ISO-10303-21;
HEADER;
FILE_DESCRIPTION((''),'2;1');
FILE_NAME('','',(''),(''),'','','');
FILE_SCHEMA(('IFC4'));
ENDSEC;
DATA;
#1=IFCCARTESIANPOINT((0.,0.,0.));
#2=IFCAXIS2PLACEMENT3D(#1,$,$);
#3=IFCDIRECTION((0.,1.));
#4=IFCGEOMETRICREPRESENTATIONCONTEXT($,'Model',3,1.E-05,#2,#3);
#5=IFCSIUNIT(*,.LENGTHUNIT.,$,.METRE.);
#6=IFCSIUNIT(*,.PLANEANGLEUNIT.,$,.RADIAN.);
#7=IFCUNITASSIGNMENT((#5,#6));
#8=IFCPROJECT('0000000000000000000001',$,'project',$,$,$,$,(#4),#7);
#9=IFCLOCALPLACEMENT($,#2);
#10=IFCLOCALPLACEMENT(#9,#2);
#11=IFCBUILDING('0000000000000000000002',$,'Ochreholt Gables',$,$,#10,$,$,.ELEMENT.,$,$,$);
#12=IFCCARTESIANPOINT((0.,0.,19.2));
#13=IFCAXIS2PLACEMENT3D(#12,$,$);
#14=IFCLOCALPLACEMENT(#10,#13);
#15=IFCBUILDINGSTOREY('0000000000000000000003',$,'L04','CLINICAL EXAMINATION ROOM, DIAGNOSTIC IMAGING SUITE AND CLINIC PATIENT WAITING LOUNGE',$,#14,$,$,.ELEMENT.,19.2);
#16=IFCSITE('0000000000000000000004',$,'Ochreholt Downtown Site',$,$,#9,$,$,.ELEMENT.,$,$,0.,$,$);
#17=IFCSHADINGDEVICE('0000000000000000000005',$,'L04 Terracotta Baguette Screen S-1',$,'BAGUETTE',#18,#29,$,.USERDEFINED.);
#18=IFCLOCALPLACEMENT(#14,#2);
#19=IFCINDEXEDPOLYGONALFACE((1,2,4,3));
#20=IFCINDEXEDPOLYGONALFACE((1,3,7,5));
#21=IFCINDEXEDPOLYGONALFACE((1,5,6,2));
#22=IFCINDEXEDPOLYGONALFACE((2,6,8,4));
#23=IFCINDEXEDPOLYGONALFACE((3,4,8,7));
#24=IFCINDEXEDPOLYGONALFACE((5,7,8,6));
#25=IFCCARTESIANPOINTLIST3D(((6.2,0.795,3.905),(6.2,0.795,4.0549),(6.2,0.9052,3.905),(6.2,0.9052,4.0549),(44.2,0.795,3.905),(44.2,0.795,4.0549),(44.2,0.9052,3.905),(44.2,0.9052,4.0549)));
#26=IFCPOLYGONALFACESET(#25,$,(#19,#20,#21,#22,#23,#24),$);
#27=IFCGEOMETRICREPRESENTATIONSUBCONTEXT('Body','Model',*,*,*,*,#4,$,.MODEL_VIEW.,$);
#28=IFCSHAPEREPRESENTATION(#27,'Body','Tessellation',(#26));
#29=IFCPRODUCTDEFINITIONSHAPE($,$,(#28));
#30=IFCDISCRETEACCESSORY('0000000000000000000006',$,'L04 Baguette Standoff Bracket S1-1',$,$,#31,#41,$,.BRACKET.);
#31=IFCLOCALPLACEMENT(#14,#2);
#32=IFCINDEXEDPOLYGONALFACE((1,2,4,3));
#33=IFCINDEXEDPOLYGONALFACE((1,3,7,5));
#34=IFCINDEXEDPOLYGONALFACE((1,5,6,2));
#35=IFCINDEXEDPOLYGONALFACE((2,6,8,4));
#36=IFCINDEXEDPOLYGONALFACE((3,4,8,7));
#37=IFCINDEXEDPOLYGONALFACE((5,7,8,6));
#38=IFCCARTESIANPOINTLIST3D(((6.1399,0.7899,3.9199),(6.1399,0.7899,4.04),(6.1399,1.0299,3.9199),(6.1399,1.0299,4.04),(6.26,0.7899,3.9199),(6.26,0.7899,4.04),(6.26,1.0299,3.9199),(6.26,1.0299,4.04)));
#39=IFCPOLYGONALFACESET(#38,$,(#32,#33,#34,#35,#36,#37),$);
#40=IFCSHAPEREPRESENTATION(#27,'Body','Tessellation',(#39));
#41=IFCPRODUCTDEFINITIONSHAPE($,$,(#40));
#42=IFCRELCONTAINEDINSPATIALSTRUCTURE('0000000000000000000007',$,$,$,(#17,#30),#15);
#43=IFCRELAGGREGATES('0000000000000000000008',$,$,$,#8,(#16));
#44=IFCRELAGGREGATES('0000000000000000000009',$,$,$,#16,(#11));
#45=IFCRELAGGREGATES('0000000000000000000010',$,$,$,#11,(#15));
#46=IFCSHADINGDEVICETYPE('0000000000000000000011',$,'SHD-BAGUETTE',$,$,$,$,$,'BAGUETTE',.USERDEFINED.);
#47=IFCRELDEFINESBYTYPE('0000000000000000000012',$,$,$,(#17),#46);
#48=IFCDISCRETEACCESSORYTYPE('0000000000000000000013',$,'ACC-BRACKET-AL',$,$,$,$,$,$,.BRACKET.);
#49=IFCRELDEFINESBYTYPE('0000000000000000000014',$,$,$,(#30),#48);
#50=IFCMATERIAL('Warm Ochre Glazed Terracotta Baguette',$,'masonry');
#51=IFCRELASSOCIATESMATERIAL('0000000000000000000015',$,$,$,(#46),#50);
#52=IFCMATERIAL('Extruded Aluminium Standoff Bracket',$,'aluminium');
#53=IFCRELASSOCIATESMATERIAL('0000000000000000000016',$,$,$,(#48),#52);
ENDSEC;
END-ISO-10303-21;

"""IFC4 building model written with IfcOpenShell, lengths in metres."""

from ifc_helpers import new_model, si_unit, direction, frame, origin, origin_2d, place, context, subcontext, project, spatial, rectangle, extrude, material, material_profile, profile_set, type_object, element, save


model = new_model("IFC4")

# Units and contexts
model_context = context("Model", 3, precision=1e-05, world=origin(), true_north=direction((0.0, 1.0)))
body_context = subcontext(model_context, "Body", "Model", "MODEL_VIEW")
ifc_project = project(units=[si_unit("LENGTHUNIT", "METRE"), si_unit("PLANEANGLEUNIT", "RADIAN")], contexts=[model_context])

# Site, building, storey
site_placement = place(None, origin())
site = spatial("IfcSite", under=ifc_project, at=site_placement, Name="Ochreholt Downtown Site", CompositionType="ELEMENT", RefElevation=0.0)
building_placement = place(site_placement, origin())
building = spatial("IfcBuilding", under=site, at=building_placement, Name="Ochreholt Gables", CompositionType="ELEMENT")
storey_placement = place(building_placement, frame((0.0, 0.0, 19.2)))
storey = spatial("IfcBuildingStorey", under=building, at=storey_placement, Name="L04", Description="CLINICAL EXAMINATION ROOM, DIAGNOSTIC IMAGING SUITE AND CLINIC PATIENT WAITING LOUNGE", CompositionType="ELEMENT", Elevation=19.2)

# Shading device
ifc_material_1 = material(Name="Warm Ochre Glazed Terracotta Baguette", Category="masonry")
ifc_material_profile_1 = material_profile(ifc_material_1, rectangle(XDim=0.1101, YDim=0.1499, at=origin_2d()), Name="TCBAG110X150")
ifc_profile_set_1 = profile_set([ifc_material_profile_1], Name="Warm Ochre Glazed Terracotta Baguette")
shading_device_type = type_object("IfcShadingDeviceType", Name="SHD-BAGUETTE", ElementType="BAGUETTE", PredefinedType="USERDEFINED", material=ifc_profile_set_1)
shading_device_placement = place(storey_placement, frame((6.2, 0.8501, 3.98), z_axis=(1.0, 0.0, 0.0), x_axis=(0.0, 1.0, 0.0)))
element("IfcShadingDevice", 1, at=shading_device_placement, inside=storey, type_object=shading_device_type, Name="L04 Terracotta Baguette Screen S-1", ObjectType="BAGUETTE", PredefinedType="USERDEFINED", context=body_context, shape_type="SweptSolid", body=[
    extrude(rectangle(XDim=0.1101, YDim=0.1499, at=origin_2d()), origin(), (0.0, 0.0, 1.0), 38.0),
])

# Discrete accessory
ifc_material_2 = material(Name="Extruded Aluminium Standoff Bracket", Category="aluminium")
discrete_accessory_type = type_object("IfcDiscreteAccessoryType", Name="ACC-BRACKET-AL", PredefinedType="BRACKET", material=ifc_material_2)
discrete_accessory_placement = place(storey_placement, frame((6.2, 0.9099, 3.9199), z_axis=(0.0, 0.0, 1.0), x_axis=(1.0, 0.0, 0.0)))
element("IfcDiscreteAccessory", 2, at=discrete_accessory_placement, inside=storey, type_object=discrete_accessory_type, Name="L04 Baguette Standoff Bracket S1-1", PredefinedType="BRACKET", context=body_context, shape_type="SweptSolid", body=[
    extrude(rectangle(XDim=0.1201, YDim=0.24, at=origin_2d()), origin(), (0.0, 0.0, 1.0), 0.1201),
])

save(model, "model.ifc")
